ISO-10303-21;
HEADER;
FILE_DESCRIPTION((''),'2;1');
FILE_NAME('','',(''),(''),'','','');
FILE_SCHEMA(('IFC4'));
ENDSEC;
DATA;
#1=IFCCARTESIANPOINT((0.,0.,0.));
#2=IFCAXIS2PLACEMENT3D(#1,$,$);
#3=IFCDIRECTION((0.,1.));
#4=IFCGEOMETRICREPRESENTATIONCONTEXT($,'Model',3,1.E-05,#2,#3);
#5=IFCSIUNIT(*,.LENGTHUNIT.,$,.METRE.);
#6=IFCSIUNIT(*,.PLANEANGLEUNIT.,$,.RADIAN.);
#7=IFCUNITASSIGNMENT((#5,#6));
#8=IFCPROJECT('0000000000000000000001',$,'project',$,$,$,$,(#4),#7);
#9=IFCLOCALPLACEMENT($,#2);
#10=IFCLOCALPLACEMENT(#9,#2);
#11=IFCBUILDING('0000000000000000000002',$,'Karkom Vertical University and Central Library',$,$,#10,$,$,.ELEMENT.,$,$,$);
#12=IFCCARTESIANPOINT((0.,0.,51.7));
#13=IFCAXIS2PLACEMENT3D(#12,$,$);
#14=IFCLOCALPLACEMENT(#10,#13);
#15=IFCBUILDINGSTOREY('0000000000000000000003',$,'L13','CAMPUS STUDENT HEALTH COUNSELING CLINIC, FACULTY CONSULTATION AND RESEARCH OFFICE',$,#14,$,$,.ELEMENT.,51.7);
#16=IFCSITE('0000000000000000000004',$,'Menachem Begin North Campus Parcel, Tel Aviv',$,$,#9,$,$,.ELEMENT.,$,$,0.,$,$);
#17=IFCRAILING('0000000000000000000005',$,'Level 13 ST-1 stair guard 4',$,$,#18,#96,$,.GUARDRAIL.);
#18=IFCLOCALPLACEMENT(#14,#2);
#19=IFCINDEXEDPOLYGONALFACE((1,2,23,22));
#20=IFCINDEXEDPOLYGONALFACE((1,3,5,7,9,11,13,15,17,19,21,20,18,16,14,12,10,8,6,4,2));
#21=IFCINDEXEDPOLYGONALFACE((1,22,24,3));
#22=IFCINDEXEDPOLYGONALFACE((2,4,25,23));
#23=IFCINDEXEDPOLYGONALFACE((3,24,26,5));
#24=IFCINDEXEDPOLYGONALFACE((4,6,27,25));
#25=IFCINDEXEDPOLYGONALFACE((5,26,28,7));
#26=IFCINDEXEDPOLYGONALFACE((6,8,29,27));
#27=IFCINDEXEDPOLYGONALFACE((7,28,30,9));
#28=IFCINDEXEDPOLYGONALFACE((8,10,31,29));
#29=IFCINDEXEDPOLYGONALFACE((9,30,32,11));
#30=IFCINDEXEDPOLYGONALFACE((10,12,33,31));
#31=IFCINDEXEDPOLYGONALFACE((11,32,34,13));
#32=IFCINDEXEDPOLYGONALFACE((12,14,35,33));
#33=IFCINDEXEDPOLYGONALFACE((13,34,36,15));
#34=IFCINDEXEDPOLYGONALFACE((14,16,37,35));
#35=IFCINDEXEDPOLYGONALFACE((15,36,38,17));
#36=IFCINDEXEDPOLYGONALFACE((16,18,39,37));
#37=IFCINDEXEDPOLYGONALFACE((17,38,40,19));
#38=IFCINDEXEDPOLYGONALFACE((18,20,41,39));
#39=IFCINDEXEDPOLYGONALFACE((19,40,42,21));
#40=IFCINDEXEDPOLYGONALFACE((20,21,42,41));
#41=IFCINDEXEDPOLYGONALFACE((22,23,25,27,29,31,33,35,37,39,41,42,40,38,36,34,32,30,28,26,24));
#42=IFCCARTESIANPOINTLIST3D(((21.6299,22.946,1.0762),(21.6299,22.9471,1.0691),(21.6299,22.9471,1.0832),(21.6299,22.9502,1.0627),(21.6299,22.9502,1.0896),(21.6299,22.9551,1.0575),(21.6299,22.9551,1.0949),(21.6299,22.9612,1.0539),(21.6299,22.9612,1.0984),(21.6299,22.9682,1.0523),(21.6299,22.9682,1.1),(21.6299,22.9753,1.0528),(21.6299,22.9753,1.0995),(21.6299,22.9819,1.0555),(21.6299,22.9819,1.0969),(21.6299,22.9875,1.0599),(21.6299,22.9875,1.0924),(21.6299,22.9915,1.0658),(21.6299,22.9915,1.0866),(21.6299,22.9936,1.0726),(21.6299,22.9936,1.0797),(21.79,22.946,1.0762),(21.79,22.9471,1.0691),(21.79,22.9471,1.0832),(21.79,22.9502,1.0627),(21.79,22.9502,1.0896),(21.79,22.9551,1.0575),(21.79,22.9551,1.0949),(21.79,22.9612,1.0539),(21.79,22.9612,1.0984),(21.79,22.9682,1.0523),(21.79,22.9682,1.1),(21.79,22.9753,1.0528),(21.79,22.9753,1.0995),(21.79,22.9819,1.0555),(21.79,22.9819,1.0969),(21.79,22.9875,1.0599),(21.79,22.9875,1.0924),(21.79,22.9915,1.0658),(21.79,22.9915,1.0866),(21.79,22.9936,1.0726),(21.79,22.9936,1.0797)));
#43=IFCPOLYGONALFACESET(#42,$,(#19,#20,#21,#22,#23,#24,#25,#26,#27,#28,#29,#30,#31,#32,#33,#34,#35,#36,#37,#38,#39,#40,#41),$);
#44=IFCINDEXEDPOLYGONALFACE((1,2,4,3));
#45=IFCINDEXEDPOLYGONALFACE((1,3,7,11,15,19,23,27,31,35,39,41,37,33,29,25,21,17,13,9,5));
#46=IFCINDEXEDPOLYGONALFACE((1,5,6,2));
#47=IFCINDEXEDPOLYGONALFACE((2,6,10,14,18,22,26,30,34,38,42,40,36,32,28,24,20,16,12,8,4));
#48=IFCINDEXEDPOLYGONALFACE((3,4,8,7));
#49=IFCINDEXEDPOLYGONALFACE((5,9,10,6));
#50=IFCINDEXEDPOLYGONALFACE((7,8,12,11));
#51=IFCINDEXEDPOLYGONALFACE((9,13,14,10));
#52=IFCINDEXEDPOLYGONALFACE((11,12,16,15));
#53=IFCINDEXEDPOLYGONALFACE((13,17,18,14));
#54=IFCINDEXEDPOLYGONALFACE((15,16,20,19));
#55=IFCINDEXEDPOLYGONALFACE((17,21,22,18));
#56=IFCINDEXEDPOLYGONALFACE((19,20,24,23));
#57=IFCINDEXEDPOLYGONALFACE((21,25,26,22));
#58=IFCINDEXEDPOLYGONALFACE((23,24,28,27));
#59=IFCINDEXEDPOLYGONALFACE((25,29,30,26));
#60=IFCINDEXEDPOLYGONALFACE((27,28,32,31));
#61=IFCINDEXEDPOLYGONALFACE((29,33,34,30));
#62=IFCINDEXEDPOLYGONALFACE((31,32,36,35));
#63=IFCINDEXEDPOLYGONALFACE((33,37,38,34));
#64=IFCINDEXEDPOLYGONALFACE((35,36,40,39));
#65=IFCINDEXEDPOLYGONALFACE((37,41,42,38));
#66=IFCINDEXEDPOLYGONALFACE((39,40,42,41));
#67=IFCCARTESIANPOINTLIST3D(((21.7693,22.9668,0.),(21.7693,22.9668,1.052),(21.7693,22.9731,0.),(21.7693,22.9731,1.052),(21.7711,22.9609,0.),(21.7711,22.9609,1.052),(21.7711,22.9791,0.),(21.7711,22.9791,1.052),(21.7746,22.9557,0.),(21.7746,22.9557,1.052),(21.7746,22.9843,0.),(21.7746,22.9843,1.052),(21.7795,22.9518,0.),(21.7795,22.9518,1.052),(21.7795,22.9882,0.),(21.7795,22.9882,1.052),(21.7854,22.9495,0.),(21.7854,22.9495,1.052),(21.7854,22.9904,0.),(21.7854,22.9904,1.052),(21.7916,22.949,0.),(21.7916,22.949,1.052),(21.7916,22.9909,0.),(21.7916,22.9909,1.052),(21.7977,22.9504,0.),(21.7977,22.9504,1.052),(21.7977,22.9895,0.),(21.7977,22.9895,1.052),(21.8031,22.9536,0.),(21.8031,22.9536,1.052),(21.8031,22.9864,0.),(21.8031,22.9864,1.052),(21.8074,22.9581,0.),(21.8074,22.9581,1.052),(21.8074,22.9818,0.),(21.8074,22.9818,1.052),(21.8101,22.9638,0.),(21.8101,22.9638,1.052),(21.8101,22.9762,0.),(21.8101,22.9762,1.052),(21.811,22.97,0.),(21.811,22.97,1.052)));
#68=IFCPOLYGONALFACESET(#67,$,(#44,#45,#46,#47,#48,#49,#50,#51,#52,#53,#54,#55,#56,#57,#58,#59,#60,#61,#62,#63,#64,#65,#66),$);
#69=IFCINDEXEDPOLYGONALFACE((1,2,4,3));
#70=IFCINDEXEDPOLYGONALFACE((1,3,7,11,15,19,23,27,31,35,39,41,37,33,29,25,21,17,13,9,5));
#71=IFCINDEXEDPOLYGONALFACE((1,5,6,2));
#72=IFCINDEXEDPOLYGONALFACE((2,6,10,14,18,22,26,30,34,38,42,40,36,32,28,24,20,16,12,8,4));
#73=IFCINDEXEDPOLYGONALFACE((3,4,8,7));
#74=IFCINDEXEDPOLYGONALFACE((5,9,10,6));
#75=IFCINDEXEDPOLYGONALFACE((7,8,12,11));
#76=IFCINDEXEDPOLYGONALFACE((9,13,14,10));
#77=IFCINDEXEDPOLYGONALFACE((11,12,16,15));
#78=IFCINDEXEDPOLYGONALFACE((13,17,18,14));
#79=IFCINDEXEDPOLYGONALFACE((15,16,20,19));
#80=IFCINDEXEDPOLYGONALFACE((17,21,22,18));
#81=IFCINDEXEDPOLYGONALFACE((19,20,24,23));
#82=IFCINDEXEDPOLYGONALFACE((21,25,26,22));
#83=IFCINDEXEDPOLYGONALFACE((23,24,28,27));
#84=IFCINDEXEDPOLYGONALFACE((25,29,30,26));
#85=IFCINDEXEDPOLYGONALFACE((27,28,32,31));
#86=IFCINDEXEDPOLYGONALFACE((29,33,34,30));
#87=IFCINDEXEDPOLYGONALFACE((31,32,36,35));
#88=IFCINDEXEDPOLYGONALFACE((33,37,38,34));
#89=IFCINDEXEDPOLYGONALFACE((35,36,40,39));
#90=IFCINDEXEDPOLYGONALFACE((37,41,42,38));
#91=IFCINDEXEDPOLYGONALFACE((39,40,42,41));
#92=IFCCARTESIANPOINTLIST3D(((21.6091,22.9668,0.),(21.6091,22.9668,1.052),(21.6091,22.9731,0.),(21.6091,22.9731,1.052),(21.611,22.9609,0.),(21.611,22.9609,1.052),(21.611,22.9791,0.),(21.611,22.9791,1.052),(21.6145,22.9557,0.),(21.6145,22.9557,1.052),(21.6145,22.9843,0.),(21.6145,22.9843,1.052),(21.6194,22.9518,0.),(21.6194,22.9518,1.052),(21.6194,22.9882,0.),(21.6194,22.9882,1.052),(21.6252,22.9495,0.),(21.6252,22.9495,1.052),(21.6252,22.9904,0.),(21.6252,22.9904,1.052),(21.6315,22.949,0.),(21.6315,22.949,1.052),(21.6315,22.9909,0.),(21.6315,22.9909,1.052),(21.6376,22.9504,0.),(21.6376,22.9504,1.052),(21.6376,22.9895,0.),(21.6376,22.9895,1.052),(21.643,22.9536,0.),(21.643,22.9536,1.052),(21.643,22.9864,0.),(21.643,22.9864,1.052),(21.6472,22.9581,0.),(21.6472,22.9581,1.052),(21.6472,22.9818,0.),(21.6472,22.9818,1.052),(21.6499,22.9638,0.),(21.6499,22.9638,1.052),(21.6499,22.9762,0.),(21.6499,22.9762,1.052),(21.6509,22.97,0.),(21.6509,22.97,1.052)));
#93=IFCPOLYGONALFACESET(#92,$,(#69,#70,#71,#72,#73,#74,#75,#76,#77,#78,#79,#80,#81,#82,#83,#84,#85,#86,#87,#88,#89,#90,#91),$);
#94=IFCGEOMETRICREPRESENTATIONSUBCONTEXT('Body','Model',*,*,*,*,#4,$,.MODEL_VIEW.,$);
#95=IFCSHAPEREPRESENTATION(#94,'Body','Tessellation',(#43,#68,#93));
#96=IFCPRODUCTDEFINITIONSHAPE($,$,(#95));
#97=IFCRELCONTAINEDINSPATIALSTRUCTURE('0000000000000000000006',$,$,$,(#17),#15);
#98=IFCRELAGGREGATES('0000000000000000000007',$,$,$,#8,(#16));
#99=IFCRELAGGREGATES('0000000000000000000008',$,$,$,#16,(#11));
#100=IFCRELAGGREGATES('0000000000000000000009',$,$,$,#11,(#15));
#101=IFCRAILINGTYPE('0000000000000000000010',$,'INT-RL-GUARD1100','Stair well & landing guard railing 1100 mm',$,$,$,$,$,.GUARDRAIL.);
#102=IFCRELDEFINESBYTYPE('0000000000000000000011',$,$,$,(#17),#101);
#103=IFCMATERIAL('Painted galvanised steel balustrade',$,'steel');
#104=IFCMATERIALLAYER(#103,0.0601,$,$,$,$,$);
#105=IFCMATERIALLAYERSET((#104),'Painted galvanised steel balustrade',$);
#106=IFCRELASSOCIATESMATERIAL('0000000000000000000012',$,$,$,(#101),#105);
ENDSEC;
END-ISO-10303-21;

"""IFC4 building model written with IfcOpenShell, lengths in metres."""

from ifc_helpers import new_model, si_unit, direction, frame, origin, origin_2d, place, context, subcontext, project, spatial, circle, extrude, material, layer, layer_set, type_object, element, save


model = new_model("IFC4")

# Units and contexts
model_context = context("Model", 3, precision=1e-05, world=origin(), true_north=direction((0.0, 1.0)))
body_context = subcontext(model_context, "Body", "Model", "MODEL_VIEW")
ifc_project = project(units=[si_unit("LENGTHUNIT", "METRE"), si_unit("PLANEANGLEUNIT", "RADIAN")], contexts=[model_context])

# Site, building, storey
site_placement = place(None, origin())
site = spatial("IfcSite", under=ifc_project, at=site_placement, Name="Menachem Begin North Campus Parcel, Tel Aviv", CompositionType="ELEMENT", RefElevation=0.0)
building_placement = place(site_placement, origin())
building = spatial("IfcBuilding", under=site, at=building_placement, Name="Karkom Vertical University and Central Library", CompositionType="ELEMENT")
storey_placement = place(building_placement, frame((0.0, 0.0, 51.7)))
storey = spatial("IfcBuildingStorey", under=building, at=storey_placement, Name="L13", Description="CAMPUS STUDENT HEALTH COUNSELING CLINIC, FACULTY CONSULTATION AND RESEARCH OFFICE", CompositionType="ELEMENT", Elevation=51.7)

# Railing
ifc_material_1 = material(Name="Painted galvanised steel balustrade", Category="steel")
ifc_layer_1 = layer(ifc_material_1, 0.0601)
ifc_layer_set_1 = layer_set([ifc_layer_1], Name="Painted galvanised steel balustrade")
railing_type_1 = type_object("IfcRailingType", Name="INT-RL-GUARD1100", Description="Stair well & landing guard railing 1100 mm", PredefinedType="GUARDRAIL", material=ifc_layer_set_1)
railing_1_placement = place(storey_placement, frame((21.79, 22.97, 0.0)))
element("IfcRailing", 1, at=railing_1_placement, inside=storey, type_object=railing_type_1, Name="Level 13 ST-1 stair guard 4", PredefinedType="GUARDRAIL", context=body_context, shape_type="SweptSolid", body=[
    extrude(circle(Radius=0.0239, at=origin_2d()), frame((0.0, 0.0, 1.0762), z_axis=(-1.0, 0.0, 0.0), x_axis=(0.0, -1.0, 0.0)), (0.0, 0.0, 1.0), 0.1602),
    extrude(circle(Radius=0.021, at=origin_2d()), origin(), (0.0, 0.0, 1.0), 1.052),
    extrude(circle(Radius=0.021, at=origin_2d()), frame((-0.1602, 0.0, 0.0)), (0.0, 0.0, 1.0), 1.052),
])

save(model, "model.ifc")
